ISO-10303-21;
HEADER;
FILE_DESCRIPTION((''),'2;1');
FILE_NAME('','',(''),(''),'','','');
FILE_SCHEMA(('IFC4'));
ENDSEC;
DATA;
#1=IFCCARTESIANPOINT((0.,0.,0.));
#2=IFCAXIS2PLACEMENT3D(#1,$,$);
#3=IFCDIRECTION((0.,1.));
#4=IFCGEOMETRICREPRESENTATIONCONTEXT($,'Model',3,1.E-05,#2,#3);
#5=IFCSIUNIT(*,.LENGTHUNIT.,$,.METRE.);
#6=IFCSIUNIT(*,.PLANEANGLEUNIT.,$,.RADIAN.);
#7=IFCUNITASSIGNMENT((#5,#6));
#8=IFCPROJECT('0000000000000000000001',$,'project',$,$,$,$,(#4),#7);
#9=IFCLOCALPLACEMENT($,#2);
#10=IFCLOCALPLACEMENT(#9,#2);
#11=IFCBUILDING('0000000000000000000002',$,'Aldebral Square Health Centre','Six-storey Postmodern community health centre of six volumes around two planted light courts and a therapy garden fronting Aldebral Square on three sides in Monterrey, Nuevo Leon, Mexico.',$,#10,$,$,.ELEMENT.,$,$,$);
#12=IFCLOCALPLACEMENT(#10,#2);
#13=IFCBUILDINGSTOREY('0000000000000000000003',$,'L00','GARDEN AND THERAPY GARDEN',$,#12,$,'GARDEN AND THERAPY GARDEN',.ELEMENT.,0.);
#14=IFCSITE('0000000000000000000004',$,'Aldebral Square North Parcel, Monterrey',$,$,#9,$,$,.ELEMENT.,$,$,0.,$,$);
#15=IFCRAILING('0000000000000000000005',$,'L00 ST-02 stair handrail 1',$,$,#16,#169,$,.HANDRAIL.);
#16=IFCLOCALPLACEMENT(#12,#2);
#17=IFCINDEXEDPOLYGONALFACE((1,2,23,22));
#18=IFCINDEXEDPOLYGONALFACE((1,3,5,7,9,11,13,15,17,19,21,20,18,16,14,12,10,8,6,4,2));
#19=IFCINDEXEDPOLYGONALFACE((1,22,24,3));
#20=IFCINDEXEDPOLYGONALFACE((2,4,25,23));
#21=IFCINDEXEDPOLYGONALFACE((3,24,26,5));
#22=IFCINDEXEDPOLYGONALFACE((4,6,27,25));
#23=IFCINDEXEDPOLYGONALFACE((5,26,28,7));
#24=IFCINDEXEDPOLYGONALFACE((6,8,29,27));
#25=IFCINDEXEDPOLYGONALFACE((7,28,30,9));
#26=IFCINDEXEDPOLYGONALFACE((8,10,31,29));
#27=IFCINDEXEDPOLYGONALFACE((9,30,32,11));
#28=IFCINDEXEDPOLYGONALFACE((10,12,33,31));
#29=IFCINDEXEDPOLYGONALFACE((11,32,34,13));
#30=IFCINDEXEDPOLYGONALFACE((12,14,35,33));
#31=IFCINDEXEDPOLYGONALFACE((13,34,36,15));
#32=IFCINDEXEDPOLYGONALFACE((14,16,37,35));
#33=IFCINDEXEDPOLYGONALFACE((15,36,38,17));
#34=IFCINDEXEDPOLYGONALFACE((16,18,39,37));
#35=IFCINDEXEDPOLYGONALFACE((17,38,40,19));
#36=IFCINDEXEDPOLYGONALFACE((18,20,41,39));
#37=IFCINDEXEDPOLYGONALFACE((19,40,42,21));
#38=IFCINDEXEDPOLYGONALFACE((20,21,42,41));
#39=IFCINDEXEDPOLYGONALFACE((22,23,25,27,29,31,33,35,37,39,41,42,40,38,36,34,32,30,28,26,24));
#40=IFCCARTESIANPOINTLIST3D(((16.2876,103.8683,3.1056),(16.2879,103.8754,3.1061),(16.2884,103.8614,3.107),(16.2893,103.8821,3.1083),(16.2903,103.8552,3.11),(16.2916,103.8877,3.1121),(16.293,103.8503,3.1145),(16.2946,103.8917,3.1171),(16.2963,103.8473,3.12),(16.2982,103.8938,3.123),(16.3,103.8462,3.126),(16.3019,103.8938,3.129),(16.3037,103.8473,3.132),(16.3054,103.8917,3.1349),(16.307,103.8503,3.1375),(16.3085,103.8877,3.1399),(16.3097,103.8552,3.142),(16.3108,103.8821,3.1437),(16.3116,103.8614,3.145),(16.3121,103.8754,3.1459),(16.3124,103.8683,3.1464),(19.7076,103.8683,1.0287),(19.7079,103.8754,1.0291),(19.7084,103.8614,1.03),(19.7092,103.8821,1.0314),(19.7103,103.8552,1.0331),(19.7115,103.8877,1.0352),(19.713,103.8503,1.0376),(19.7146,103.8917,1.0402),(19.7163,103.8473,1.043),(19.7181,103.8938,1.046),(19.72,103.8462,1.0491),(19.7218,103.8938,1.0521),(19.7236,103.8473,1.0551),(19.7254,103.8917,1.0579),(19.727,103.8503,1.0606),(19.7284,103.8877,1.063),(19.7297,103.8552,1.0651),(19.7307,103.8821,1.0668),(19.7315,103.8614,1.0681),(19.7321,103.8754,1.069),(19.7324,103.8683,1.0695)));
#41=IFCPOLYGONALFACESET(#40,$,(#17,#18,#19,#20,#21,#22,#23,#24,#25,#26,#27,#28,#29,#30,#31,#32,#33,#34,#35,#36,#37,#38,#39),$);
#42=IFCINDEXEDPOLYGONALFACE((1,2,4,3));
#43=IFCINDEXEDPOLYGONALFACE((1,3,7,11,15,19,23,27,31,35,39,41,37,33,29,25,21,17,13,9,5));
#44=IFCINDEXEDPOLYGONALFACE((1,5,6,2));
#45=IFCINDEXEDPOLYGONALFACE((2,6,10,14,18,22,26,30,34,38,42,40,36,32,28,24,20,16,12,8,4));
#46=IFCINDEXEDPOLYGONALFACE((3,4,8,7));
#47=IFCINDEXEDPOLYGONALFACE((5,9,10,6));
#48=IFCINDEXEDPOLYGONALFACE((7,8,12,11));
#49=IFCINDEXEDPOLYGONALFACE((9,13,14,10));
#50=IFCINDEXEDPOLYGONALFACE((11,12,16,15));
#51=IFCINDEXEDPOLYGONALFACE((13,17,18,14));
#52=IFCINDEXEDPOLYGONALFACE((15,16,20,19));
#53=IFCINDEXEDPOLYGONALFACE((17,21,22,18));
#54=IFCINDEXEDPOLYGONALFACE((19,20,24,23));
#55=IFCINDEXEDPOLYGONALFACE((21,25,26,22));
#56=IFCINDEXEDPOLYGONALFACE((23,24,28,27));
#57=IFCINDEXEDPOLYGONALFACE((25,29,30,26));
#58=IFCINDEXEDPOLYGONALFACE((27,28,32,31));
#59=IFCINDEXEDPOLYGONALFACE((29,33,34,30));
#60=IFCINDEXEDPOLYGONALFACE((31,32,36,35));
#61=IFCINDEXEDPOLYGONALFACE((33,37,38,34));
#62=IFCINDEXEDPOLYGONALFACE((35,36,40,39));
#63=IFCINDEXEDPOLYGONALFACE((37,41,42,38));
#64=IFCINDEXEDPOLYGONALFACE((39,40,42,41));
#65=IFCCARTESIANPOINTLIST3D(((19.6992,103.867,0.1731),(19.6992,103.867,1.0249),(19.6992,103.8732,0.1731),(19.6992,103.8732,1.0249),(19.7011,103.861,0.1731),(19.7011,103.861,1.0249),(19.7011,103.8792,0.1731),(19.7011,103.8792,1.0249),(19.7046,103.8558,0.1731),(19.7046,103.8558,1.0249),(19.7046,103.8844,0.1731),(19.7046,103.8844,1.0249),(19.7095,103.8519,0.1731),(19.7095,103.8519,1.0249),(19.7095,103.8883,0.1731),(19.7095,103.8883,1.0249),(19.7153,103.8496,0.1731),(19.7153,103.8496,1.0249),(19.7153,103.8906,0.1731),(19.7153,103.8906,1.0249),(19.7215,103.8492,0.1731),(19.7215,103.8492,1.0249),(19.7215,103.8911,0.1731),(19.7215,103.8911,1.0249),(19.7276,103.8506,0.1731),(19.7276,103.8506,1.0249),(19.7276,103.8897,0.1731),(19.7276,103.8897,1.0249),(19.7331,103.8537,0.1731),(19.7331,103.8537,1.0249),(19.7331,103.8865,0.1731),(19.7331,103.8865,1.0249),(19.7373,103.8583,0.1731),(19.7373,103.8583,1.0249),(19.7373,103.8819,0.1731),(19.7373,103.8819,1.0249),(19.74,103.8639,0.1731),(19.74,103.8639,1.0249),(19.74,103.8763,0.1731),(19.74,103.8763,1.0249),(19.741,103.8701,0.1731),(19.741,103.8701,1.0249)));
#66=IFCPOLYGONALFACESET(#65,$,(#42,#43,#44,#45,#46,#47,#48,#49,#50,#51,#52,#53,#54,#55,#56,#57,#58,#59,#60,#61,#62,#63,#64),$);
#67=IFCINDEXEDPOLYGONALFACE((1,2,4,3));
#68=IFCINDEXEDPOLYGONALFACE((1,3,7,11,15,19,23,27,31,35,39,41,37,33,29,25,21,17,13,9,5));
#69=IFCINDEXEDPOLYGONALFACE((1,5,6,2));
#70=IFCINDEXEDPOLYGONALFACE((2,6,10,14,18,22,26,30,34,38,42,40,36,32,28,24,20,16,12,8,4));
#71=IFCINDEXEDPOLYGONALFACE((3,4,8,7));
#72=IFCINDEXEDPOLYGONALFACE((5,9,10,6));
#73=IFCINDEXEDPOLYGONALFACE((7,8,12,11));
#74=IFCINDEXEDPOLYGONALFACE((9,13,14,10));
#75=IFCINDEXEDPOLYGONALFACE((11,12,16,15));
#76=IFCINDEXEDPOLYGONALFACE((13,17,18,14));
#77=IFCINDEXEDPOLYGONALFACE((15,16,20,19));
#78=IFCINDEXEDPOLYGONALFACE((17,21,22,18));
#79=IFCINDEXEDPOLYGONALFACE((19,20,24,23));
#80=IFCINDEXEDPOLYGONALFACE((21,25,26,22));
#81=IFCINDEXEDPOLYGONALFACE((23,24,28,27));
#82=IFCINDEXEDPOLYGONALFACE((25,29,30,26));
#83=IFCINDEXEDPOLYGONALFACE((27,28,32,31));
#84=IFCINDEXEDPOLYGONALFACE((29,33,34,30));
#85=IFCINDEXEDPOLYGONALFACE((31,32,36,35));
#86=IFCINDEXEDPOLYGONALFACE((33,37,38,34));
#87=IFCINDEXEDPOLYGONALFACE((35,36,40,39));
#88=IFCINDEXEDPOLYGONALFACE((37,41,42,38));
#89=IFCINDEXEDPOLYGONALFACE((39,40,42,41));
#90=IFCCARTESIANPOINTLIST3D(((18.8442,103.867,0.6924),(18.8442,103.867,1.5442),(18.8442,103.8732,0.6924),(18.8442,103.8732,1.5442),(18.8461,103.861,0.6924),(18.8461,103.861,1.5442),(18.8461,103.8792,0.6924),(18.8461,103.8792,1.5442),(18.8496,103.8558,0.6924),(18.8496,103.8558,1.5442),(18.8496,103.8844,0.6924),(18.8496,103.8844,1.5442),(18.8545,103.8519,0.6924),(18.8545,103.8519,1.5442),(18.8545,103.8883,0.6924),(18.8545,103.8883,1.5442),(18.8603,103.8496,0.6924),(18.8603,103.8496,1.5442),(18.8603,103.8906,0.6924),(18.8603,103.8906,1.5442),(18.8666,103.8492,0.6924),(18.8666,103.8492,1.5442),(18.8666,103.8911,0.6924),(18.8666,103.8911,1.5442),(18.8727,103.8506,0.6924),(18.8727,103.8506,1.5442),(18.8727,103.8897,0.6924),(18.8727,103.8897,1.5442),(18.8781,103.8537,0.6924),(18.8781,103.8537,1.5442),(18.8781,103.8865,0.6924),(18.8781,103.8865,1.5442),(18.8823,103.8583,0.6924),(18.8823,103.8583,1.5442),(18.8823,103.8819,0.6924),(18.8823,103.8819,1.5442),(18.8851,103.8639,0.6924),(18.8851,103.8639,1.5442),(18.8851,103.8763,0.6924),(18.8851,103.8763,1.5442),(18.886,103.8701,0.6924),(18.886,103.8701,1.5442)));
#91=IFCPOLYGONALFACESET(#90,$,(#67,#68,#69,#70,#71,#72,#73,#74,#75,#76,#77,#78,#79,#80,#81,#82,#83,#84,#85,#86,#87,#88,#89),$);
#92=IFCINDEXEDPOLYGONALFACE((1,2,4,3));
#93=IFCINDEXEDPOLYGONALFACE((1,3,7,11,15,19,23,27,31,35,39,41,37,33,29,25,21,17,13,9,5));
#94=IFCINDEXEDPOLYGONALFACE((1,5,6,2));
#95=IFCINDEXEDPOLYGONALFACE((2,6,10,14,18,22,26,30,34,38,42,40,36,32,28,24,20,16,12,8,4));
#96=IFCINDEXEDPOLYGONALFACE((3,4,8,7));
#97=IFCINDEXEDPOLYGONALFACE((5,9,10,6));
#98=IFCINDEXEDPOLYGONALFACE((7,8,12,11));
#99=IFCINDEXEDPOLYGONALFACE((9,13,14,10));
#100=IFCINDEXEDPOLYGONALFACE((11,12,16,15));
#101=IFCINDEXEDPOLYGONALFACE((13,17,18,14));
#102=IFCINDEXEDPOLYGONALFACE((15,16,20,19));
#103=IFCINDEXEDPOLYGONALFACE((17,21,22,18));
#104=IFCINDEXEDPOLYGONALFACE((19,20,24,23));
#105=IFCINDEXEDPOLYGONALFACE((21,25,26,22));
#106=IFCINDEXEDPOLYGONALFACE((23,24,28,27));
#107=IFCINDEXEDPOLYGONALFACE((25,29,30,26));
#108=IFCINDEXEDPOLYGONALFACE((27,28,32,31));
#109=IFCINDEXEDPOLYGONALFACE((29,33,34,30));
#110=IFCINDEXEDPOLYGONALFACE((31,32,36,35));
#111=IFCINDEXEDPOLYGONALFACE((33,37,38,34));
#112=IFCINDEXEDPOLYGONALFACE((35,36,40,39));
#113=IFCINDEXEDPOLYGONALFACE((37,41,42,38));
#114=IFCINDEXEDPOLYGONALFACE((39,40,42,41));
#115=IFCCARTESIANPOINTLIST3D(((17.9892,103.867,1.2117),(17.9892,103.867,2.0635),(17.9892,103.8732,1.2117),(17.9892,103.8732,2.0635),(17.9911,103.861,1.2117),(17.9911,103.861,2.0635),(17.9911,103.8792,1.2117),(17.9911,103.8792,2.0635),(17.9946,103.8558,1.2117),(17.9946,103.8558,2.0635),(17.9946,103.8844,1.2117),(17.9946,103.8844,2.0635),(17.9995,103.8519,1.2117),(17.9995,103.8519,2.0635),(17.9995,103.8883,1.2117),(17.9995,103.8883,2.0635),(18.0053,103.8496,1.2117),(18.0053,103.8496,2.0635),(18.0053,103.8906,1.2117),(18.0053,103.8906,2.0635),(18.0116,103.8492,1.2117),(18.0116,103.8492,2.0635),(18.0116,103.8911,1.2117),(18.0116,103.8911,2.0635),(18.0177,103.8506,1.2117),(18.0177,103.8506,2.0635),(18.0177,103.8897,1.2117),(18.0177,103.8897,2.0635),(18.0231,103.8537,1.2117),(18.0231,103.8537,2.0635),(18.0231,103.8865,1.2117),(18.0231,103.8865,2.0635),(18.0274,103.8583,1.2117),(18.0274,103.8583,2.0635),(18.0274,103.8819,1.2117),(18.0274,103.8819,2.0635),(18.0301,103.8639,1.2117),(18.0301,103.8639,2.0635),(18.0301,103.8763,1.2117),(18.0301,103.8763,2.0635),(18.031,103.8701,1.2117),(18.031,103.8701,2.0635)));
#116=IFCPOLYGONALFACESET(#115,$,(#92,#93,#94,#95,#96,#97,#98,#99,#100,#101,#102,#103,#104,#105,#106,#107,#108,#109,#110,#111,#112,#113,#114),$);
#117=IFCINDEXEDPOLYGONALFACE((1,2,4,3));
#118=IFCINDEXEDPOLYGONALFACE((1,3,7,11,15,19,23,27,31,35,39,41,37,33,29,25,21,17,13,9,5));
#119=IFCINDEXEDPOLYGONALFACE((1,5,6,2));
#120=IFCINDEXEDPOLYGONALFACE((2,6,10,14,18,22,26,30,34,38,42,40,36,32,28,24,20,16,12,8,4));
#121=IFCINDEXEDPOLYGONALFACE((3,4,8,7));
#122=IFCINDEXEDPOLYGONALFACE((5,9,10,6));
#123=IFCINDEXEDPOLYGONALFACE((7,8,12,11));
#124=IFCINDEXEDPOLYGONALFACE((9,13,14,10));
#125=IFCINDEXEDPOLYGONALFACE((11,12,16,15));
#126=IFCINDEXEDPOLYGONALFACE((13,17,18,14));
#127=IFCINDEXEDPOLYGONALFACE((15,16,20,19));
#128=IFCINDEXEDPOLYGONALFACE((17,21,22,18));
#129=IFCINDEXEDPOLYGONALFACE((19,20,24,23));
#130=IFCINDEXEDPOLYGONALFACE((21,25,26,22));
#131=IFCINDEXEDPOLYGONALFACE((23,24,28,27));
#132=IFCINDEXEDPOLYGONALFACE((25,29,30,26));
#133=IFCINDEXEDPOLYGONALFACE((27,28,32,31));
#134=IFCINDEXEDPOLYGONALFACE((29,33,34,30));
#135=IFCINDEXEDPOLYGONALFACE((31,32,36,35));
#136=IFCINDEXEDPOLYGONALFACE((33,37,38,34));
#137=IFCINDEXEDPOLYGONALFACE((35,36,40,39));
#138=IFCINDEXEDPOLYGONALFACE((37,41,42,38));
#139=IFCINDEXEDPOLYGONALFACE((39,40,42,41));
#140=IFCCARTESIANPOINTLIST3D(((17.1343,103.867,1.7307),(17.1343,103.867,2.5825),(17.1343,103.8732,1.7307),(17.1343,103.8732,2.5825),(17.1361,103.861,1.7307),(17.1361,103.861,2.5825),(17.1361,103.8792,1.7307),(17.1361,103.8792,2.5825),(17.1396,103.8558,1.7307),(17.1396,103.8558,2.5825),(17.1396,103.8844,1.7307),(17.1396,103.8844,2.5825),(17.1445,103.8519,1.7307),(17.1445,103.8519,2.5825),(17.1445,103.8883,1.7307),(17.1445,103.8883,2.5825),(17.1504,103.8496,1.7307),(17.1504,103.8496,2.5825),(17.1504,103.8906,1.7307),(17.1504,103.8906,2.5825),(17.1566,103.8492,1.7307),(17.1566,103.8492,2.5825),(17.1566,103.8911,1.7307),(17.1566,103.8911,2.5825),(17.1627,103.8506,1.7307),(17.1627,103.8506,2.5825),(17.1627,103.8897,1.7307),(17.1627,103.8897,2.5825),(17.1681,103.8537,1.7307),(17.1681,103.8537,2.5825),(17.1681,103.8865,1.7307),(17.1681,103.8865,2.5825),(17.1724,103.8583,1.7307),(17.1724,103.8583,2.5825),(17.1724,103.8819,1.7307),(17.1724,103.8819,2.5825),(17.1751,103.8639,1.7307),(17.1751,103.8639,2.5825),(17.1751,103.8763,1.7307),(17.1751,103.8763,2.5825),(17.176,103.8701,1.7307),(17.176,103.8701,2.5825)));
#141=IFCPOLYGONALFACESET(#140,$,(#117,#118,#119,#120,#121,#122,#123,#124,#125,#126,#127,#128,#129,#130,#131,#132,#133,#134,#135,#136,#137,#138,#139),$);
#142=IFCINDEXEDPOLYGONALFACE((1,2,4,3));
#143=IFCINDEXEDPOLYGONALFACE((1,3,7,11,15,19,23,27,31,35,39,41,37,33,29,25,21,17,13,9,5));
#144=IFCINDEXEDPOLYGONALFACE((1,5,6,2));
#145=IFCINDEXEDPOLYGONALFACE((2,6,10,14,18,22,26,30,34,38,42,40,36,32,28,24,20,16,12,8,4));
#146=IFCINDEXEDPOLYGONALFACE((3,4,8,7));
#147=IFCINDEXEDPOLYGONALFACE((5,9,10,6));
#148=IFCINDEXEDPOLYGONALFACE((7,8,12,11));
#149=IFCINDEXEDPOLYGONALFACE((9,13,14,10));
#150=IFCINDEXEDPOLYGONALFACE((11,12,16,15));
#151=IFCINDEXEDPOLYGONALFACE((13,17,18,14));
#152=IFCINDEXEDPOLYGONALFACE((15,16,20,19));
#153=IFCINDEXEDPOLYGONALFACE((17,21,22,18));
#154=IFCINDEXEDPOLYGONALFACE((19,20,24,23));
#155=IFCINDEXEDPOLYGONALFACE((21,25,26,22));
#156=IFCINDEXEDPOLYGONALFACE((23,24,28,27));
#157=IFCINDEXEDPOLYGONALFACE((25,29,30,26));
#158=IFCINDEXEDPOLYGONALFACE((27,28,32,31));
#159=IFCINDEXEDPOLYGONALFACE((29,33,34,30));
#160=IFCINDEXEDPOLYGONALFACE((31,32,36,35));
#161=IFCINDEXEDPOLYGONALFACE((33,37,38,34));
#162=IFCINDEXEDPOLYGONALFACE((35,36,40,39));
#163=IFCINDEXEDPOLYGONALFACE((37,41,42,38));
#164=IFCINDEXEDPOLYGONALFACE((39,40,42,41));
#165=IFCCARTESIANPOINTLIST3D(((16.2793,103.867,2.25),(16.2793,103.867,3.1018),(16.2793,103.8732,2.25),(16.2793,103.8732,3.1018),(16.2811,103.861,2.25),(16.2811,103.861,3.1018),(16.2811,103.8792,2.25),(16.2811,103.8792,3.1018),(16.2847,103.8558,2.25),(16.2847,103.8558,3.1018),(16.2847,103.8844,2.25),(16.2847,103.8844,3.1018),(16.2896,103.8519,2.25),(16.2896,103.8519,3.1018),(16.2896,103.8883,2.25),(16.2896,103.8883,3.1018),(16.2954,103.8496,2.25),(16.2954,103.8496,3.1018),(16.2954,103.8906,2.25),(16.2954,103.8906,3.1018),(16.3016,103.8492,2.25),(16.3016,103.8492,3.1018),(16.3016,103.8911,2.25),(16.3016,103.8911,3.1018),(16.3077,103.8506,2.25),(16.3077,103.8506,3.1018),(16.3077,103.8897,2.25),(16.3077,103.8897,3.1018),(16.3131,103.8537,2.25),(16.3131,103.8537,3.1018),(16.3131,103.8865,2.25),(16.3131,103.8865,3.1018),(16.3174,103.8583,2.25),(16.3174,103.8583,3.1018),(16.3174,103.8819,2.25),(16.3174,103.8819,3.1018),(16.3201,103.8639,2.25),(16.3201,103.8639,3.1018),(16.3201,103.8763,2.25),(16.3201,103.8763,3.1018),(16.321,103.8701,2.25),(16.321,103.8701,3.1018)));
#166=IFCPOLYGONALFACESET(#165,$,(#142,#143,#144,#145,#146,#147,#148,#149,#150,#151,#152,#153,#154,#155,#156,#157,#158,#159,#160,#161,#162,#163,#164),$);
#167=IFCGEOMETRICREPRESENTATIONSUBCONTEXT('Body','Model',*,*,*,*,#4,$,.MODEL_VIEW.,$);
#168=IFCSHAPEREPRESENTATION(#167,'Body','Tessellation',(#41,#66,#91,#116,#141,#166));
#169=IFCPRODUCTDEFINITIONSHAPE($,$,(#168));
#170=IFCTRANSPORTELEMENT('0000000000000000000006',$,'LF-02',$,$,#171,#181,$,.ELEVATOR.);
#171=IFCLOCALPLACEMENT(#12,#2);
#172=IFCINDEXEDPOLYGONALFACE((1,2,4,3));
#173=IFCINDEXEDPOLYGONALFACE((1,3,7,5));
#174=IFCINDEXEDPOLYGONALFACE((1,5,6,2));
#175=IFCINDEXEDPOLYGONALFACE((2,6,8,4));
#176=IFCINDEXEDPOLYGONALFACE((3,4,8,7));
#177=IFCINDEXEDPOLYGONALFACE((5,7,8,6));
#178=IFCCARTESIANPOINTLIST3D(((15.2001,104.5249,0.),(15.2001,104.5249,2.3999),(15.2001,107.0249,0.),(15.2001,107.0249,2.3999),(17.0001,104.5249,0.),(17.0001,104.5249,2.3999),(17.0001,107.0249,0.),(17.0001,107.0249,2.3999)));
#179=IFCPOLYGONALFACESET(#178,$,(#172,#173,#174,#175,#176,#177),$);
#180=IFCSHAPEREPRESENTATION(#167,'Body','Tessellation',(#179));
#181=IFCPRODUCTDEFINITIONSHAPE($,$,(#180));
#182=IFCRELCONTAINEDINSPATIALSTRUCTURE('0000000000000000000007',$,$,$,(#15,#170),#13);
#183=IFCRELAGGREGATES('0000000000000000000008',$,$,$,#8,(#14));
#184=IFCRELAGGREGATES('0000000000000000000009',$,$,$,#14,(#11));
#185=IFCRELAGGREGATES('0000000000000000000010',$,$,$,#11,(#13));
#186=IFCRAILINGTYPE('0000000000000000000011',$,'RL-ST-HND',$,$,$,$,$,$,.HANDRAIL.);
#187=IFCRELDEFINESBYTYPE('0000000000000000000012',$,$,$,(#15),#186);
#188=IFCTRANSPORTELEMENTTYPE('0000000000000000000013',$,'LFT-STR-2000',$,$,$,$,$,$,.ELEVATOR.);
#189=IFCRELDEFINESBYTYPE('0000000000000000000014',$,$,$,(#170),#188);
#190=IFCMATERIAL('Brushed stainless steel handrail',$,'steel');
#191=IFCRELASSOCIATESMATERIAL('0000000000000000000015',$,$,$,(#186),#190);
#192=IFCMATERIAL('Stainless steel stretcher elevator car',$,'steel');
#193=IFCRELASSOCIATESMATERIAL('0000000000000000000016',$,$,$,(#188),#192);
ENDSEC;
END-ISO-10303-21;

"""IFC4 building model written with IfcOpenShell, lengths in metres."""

from ifc_helpers import new_model, si_unit, direction, frame, origin, origin_2d, place, context, subcontext, project, spatial, rectangle, circle, extrude, material, type_object, element, save


model = new_model("IFC4")

# Units and contexts
model_context = context("Model", 3, precision=1e-05, world=origin(), true_north=direction((0.0, 1.0)))
body_context = subcontext(model_context, "Body", "Model", "MODEL_VIEW")
ifc_project = project(units=[si_unit("LENGTHUNIT", "METRE"), si_unit("PLANEANGLEUNIT", "RADIAN")], contexts=[model_context])

# Site, building, storey
site_placement = place(None, origin())
site = spatial("IfcSite", under=ifc_project, at=site_placement, Name="Aldebral Square North Parcel, Monterrey", CompositionType="ELEMENT", RefElevation=0.0)
building_placement = place(site_placement, origin())
building = spatial("IfcBuilding", under=site, at=building_placement, Name="Aldebral Square Health Centre", Description="Six-storey Postmodern community health centre of six volumes around two planted light courts and a therapy garden fronting Aldebral Square on three sides in Monterrey, Nuevo Leon, Mexico.", CompositionType="ELEMENT")
storey_placement = place(building_placement, origin())
storey = spatial("IfcBuildingStorey", under=building, at=storey_placement, Name="L00", Description="GARDEN AND THERAPY GARDEN", LongName="GARDEN AND THERAPY GARDEN", CompositionType="ELEMENT", Elevation=0.0)

# Railing
ifc_material_1 = material(Name="Brushed stainless steel handrail", Category="steel")
railing_type_1 = type_object("IfcRailingType", Name="RL-ST-HND", PredefinedType="HANDRAIL", material=ifc_material_1)
railing_1_placement = place(storey_placement, frame((19.72, 103.8701, 0.1731)))
element("IfcRailing", 1, at=railing_1_placement, inside=storey, type_object=railing_type_1, Name="L00 ST-02 stair handrail 1", PredefinedType="HANDRAIL", context=body_context, shape_type="SweptSolid", body=[
    extrude(circle(Radius=0.0239, at=origin_2d()), frame((0.0, 0.0, 0.876), z_axis=(-0.85473, 0.0, 0.519074), x_axis=(0.0, -1.0, 0.0)), (0.0, 0.0, 1.0), 4.0012),
    extrude(circle(Radius=0.021, at=origin_2d()), origin(), (0.0, 0.0, 1.0), 0.8518),
    extrude(circle(Radius=0.021, at=origin_2d()), frame((-0.855, 0.0, 0.5193)), (0.0, 0.0, 1.0), 0.8518),
    extrude(circle(Radius=0.021, at=origin_2d()), frame((-1.71, 0.0, 1.0386)), (0.0, 0.0, 1.0), 0.8518),
    extrude(circle(Radius=0.021, at=origin_2d()), frame((-2.5649, 0.0, 1.5576)), (0.0, 0.0, 1.0), 0.8518),
    extrude(circle(Radius=0.021, at=origin_2d()), frame((-3.4199, 0.0, 2.0769)), (0.0, 0.0, 1.0), 0.8518),
])

# Transport element
ifc_material_2 = material(Name="Stainless steel stretcher elevator car", Category="steel")
transport_element_type = type_object("IfcTransportElementType", Name="LFT-STR-2000", PredefinedType="ELEVATOR", material=ifc_material_2)
transport_element_placement = place(storey_placement, frame((16.1001, 105.7749, 0.0), z_axis=(0.0, 0.0, 1.0), x_axis=(1.0, 0.0, 0.0)))
element("IfcTransportElement", 2, at=transport_element_placement, inside=storey, type_object=transport_element_type, Name="LF-02", PredefinedType="ELEVATOR", context=body_context, shape_type="SweptSolid", body=[
    extrude(rectangle(XDim=1.8, YDim=2.5, at=origin_2d()), origin(), (0.0, 0.0, 1.0), 2.3999),
])

save(model, "model.ifc")
